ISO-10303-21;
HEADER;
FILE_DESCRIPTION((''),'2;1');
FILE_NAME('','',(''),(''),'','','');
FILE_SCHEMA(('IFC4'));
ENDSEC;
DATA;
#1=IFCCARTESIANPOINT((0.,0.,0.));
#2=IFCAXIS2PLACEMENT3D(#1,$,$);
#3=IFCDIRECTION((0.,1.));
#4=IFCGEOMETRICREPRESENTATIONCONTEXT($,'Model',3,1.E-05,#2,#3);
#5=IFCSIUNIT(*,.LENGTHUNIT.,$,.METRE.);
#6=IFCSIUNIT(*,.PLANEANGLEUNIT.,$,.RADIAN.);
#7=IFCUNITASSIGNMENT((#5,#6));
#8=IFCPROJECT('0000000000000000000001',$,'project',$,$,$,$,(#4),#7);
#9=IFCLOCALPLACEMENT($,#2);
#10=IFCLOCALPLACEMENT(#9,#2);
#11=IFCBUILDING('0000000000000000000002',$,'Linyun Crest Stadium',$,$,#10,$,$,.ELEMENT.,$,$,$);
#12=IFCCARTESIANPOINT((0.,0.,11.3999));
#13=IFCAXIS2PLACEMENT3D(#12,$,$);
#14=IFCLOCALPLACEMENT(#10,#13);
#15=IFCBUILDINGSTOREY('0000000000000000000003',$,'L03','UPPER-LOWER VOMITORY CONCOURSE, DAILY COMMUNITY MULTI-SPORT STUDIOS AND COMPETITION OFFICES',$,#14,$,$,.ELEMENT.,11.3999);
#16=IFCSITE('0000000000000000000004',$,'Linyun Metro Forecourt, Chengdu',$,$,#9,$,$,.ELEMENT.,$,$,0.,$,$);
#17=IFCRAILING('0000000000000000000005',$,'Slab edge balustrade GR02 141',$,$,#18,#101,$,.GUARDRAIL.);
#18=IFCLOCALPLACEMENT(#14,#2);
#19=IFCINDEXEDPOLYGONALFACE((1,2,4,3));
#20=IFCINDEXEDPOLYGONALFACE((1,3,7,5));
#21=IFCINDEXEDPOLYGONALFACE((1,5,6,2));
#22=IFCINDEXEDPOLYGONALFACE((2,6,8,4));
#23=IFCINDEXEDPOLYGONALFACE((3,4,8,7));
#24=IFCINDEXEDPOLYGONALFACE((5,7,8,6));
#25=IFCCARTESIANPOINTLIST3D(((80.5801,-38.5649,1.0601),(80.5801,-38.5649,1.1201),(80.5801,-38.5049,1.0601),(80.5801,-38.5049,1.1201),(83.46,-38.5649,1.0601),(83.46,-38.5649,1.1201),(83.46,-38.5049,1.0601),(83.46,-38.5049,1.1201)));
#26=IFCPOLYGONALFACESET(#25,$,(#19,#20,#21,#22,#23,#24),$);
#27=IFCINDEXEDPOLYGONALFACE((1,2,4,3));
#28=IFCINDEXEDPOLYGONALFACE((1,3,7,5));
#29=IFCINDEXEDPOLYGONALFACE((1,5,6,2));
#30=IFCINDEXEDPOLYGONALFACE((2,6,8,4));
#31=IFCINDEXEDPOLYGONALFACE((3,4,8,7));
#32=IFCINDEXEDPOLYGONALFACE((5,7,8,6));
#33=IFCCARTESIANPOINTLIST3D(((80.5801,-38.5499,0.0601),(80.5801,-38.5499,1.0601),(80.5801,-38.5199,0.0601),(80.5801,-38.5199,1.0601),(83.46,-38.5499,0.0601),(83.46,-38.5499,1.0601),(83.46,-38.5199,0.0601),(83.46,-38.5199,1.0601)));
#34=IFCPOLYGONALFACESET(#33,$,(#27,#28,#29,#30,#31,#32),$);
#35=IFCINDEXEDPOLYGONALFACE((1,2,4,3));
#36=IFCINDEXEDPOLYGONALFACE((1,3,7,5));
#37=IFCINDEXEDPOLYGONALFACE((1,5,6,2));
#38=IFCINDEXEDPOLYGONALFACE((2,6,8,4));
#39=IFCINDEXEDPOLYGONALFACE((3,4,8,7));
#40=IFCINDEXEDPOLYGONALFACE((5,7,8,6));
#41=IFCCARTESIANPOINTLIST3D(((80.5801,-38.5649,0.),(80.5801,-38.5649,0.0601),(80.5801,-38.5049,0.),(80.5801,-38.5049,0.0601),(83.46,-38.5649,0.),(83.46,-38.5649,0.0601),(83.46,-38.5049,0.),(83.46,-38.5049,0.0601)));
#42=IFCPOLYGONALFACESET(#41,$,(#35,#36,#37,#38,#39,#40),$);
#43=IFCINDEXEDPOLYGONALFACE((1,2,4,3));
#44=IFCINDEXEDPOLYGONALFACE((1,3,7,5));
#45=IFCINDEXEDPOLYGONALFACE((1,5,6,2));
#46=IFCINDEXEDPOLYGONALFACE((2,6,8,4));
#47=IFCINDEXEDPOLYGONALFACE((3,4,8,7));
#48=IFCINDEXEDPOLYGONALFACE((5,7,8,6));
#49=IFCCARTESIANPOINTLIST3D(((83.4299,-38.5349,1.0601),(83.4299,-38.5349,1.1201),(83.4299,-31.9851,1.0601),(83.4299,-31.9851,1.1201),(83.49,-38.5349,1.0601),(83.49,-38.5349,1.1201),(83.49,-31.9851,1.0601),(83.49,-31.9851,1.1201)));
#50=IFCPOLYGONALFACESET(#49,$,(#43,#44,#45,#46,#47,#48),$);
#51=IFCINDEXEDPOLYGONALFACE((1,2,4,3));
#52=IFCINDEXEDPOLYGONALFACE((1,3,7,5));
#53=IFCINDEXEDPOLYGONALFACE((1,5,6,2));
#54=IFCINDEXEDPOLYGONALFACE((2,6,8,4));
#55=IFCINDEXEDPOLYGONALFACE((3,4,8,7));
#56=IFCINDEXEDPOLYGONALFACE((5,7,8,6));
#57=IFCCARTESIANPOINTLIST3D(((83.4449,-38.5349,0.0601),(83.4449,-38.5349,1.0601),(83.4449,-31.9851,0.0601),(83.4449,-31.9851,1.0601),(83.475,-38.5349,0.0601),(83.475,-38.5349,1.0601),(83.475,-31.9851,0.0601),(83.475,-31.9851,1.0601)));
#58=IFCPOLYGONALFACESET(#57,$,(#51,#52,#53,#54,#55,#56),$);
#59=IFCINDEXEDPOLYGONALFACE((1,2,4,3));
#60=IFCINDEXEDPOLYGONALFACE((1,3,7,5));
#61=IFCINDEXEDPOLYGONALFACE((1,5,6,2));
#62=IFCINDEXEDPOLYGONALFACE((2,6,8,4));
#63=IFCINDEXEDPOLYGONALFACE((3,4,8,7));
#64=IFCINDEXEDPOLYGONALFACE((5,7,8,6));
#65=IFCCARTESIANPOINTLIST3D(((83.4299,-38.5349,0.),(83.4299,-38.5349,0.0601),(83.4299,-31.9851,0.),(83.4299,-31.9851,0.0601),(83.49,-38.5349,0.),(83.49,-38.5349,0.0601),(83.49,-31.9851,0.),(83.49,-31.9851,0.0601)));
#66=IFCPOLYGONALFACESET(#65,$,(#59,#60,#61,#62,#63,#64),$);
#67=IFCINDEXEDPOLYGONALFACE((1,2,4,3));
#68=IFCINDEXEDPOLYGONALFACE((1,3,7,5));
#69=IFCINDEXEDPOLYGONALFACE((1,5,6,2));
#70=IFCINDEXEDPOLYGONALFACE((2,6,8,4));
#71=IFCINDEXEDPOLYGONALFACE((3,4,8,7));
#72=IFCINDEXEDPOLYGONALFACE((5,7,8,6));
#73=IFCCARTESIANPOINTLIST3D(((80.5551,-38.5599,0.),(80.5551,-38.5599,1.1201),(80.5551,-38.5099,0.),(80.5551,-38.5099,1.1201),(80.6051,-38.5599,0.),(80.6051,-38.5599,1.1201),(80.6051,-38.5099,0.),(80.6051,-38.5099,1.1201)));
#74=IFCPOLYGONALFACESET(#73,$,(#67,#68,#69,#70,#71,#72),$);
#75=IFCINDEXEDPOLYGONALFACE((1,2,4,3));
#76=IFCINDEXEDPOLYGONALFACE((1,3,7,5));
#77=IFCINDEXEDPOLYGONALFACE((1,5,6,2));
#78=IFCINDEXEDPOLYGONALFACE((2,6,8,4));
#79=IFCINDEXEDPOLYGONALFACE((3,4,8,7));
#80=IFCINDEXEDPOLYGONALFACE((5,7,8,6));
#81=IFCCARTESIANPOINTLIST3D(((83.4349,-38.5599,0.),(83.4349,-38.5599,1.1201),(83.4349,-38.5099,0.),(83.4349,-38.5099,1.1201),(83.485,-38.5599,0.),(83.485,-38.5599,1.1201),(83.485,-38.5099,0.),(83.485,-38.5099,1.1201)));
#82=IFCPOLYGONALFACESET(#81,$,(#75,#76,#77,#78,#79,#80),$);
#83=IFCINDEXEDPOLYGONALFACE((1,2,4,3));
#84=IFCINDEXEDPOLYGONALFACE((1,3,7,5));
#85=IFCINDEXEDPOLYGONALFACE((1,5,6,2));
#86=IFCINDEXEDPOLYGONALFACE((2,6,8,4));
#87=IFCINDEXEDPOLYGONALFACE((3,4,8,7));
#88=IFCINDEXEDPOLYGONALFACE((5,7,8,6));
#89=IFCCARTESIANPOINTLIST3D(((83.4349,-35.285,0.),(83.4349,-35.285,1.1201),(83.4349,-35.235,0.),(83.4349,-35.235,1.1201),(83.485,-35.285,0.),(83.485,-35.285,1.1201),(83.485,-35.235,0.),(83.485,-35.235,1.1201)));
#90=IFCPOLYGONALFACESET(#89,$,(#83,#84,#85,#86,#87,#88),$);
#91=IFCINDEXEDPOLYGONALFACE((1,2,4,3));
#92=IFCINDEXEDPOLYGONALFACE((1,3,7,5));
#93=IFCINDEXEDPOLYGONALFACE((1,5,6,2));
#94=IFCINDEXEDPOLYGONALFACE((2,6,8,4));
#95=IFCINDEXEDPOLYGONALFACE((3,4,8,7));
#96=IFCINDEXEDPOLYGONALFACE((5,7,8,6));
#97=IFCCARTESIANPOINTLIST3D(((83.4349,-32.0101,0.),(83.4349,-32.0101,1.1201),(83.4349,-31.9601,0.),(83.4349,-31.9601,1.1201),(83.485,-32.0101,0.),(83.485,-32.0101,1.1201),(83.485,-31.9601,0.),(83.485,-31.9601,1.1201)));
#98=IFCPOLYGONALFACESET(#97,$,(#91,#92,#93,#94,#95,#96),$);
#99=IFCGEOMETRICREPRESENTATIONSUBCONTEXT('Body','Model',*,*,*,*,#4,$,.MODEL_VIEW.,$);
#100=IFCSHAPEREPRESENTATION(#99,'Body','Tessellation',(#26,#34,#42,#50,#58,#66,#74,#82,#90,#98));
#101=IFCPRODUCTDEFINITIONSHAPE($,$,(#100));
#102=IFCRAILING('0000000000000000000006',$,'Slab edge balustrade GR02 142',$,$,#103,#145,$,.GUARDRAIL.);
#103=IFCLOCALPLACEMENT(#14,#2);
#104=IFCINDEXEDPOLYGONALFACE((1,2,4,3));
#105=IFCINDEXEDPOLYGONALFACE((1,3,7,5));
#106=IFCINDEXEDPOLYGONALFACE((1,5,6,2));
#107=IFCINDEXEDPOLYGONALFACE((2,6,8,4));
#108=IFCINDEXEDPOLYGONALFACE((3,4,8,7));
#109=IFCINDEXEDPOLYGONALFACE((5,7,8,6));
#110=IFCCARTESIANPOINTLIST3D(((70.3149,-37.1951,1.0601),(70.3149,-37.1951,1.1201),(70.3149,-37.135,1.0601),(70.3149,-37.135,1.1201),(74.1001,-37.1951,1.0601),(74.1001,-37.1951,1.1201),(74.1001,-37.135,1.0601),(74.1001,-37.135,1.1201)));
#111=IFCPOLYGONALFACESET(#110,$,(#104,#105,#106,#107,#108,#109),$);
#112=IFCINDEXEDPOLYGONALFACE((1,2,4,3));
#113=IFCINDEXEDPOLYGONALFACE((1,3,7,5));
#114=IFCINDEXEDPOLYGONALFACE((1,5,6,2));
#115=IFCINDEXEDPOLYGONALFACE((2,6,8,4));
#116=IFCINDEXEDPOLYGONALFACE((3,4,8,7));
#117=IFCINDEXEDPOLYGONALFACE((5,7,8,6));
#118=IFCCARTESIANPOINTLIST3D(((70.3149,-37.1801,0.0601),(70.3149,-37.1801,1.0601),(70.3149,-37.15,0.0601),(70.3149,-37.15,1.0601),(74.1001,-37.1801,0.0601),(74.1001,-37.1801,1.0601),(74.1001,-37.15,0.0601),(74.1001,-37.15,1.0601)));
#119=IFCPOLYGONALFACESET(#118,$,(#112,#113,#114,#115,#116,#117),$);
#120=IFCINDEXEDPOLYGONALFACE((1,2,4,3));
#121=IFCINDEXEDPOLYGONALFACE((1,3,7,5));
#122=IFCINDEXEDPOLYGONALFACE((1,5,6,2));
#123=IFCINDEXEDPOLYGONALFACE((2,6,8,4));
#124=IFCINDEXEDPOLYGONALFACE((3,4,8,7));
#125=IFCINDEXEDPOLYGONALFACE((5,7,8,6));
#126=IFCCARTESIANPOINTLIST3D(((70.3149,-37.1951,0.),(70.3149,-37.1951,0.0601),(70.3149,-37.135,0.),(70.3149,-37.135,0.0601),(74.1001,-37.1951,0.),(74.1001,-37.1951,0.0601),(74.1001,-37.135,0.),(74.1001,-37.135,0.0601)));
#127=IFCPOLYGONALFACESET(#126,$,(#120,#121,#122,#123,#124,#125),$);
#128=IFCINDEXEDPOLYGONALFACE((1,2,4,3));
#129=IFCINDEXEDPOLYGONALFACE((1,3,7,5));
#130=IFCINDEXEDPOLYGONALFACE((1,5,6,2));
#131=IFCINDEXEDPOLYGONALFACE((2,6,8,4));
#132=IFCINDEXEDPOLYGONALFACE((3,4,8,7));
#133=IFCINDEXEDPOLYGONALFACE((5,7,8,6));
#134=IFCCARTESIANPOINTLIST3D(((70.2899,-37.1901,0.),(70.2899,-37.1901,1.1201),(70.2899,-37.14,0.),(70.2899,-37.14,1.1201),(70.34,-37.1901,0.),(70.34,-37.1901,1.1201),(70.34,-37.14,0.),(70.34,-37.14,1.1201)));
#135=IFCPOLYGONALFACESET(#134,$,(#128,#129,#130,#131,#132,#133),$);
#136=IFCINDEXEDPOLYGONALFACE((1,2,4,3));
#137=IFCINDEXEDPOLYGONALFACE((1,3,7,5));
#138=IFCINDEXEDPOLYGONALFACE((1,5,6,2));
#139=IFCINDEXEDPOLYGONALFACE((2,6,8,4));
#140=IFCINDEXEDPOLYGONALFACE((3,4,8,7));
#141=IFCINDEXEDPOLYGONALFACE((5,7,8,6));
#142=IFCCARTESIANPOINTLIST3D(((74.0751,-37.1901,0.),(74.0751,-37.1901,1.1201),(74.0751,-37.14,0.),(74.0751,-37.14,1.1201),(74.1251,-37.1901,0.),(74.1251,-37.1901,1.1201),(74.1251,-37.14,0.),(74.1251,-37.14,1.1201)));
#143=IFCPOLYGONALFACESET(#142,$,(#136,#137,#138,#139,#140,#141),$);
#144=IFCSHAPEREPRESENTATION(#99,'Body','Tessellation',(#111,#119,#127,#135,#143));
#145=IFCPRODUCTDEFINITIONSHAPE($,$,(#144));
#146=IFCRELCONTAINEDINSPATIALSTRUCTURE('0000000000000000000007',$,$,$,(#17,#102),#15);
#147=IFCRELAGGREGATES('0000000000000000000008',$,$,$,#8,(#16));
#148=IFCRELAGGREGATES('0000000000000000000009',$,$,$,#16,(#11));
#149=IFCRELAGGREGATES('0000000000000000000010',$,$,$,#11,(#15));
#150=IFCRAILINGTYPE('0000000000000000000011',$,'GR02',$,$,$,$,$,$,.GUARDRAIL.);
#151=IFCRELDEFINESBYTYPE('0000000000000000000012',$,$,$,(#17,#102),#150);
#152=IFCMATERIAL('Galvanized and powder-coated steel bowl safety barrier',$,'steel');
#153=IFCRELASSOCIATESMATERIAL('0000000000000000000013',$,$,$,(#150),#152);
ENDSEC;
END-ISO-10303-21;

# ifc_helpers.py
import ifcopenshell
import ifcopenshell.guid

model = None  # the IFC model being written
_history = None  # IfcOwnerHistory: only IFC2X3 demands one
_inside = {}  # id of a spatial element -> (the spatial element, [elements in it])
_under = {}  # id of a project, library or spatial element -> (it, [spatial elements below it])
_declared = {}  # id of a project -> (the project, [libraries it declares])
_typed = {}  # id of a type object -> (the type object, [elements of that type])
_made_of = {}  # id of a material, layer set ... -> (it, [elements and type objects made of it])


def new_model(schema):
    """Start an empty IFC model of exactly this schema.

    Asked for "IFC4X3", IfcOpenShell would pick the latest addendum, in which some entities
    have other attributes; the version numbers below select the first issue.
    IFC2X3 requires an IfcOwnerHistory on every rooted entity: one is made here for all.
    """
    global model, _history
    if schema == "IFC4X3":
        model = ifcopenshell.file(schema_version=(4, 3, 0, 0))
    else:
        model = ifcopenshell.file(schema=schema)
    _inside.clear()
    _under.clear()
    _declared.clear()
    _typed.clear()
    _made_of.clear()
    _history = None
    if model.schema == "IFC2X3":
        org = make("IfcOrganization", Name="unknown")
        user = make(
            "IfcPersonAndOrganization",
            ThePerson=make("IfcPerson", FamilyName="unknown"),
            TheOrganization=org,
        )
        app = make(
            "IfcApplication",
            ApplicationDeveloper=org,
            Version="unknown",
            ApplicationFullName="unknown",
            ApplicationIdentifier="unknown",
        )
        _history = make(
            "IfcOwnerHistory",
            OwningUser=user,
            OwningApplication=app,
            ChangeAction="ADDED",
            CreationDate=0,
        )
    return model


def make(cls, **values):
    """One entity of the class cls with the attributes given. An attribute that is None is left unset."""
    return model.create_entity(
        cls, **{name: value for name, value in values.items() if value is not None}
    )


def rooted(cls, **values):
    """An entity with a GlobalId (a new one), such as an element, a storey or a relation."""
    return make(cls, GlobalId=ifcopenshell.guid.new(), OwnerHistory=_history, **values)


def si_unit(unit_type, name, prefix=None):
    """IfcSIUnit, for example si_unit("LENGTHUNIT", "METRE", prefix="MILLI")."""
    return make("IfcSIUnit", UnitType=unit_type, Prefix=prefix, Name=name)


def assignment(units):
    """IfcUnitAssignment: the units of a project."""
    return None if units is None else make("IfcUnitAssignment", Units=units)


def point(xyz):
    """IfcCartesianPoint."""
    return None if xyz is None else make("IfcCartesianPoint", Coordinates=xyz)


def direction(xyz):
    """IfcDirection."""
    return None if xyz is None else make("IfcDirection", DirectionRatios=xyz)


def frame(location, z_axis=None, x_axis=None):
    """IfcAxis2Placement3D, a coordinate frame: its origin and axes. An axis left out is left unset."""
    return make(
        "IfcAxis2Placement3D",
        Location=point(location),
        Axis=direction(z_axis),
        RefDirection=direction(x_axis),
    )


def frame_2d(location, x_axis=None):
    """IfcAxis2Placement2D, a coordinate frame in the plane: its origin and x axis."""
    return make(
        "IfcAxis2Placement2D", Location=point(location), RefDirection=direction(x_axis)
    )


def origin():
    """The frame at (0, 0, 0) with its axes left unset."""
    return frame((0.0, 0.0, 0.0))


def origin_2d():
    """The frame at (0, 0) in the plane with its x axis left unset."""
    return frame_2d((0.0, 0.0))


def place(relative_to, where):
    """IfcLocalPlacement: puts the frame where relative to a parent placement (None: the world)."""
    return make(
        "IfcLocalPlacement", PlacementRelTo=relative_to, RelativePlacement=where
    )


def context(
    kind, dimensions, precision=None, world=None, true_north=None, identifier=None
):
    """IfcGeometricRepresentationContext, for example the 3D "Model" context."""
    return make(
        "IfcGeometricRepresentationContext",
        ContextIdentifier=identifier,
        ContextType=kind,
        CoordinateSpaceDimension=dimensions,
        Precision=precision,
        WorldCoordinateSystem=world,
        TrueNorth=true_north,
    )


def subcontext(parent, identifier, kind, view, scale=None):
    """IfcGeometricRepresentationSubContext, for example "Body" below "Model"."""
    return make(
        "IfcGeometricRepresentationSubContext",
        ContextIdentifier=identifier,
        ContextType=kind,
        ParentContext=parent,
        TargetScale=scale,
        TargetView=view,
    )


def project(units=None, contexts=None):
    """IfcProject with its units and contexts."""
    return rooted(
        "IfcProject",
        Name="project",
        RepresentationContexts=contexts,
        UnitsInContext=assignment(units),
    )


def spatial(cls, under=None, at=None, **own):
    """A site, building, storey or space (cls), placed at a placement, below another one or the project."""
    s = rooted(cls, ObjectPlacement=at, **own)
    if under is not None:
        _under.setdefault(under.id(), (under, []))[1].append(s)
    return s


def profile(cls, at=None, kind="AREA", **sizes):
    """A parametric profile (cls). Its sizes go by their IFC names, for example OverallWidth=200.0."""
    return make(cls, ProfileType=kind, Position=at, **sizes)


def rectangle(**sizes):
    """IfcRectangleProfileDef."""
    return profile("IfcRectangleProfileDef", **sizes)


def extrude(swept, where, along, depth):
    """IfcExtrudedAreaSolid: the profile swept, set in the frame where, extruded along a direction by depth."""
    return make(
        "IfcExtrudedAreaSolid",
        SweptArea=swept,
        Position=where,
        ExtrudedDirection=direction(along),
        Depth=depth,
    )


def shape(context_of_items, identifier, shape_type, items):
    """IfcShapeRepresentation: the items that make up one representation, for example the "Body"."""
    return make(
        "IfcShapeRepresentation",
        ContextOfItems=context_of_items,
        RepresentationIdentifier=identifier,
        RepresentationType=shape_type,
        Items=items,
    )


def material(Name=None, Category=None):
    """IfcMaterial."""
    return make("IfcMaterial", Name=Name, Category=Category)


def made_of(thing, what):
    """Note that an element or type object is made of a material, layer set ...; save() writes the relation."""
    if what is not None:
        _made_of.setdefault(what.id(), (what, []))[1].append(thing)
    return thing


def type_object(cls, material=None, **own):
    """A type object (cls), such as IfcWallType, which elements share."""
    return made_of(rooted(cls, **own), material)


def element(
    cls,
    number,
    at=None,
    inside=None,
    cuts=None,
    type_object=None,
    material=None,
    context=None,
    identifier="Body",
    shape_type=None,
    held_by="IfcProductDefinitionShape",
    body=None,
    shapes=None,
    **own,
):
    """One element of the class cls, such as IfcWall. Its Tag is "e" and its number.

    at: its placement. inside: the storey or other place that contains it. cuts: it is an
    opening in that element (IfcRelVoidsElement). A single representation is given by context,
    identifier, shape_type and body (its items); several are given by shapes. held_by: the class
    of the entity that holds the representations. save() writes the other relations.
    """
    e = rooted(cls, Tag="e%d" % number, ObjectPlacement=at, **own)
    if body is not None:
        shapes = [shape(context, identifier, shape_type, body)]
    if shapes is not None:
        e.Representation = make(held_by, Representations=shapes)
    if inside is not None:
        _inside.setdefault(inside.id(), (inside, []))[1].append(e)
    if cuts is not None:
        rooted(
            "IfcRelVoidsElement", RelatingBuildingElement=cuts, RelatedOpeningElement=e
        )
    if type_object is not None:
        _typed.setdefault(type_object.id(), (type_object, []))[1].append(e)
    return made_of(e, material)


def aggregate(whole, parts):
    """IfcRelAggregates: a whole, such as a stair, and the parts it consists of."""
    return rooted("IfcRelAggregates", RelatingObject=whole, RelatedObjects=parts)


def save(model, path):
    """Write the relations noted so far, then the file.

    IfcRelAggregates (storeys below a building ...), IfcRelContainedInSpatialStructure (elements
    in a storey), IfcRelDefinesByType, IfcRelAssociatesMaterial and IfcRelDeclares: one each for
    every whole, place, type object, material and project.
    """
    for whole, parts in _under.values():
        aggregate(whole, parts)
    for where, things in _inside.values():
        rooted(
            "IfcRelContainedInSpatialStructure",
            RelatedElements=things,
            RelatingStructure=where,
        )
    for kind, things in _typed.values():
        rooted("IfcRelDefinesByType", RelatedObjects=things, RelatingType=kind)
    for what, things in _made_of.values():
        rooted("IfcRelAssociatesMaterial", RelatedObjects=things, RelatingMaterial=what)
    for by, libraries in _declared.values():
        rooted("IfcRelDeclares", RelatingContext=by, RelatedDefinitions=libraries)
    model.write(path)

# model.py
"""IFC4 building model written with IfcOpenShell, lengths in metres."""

from ifc_helpers import new_model, si_unit, direction, frame, origin, origin_2d, place, context, subcontext, project, spatial, rectangle, extrude, material, type_object, element, save


model = new_model("IFC4")

# Units and contexts
model_context = context("Model", 3, precision=1e-05, world=origin(), true_north=direction((0.0, 1.0)))
body_context = subcontext(model_context, "Body", "Model", "MODEL_VIEW")
ifc_project = project(units=[si_unit("LENGTHUNIT", "METRE"), si_unit("PLANEANGLEUNIT", "RADIAN")], contexts=[model_context])

# Site, building, storey
site_placement = place(None, origin())
site = spatial("IfcSite", under=ifc_project, at=site_placement, Name="Linyun Metro Forecourt, Chengdu", CompositionType="ELEMENT", RefElevation=0.0)
building_placement = place(site_placement, origin())
building = spatial("IfcBuilding", under=site, at=building_placement, Name="Linyun Crest Stadium", CompositionType="ELEMENT")
storey_placement = place(building_placement, frame((0.0, 0.0, 11.3999)))
storey = spatial("IfcBuildingStorey", under=building, at=storey_placement, Name="L03", Description="UPPER-LOWER VOMITORY CONCOURSE, DAILY COMMUNITY MULTI-SPORT STUDIOS AND COMPETITION OFFICES", CompositionType="ELEMENT", Elevation=11.3999)

# Railings
ifc_material_1 = material(Name="Galvanized and powder-coated steel bowl safety barrier", Category="steel")
railing_type_1 = type_object("IfcRailingType", Name="GR02", PredefinedType="GUARDRAIL", material=ifc_material_1)
railing_1_placement = place(storey_placement, frame((80.5801, -38.5349, 0.0)))
element("IfcRailing", 1, at=railing_1_placement, inside=storey, type_object=railing_type_1, Name="Slab edge balustrade GR02 141", PredefinedType="GUARDRAIL", context=body_context, shape_type="SweptSolid", body=[
    extrude(rectangle(XDim=0.0601, YDim=0.0601, at=origin_2d()), frame((0.0, 0.0, 1.0901), z_axis=(1.0, 0.0, 0.0), x_axis=(0.0, 1.0, 0.0)), (0.0, 0.0, 1.0), 2.8799),
    extrude(rectangle(XDim=0.03, YDim=1.0, at=origin_2d()), frame((0.0, 0.0, 0.5601), z_axis=(1.0, 0.0, 0.0), x_axis=(0.0, 1.0, 0.0)), (0.0, 0.0, 1.0), 2.8799),
    extrude(rectangle(XDim=0.0601, YDim=0.0601, at=origin_2d()), frame((0.0, 0.0, 0.03), z_axis=(1.0, 0.0, 0.0), x_axis=(0.0, 1.0, 0.0)), (0.0, 0.0, 1.0), 2.8799),
    extrude(rectangle(XDim=0.0601, YDim=0.0601, at=origin_2d()), frame((2.8799, 0.0, 1.0901), z_axis=(0.0, 1.0, 0.0), x_axis=(-1.0, 0.0, 0.0)), (0.0, 0.0, 1.0), 6.5498),
    extrude(rectangle(XDim=0.03, YDim=1.0, at=origin_2d()), frame((2.8799, 0.0, 0.5601), z_axis=(0.0, 1.0, 0.0), x_axis=(-1.0, 0.0, 0.0)), (0.0, 0.0, 1.0), 6.5498),
    extrude(rectangle(XDim=0.0601, YDim=0.0601, at=origin_2d()), frame((2.8799, 0.0, 0.03), z_axis=(0.0, 1.0, 0.0), x_axis=(-1.0, 0.0, 0.0)), (0.0, 0.0, 1.0), 6.5498),
    extrude(rectangle(XDim=0.05, YDim=0.05, at=origin_2d()), origin(), (0.0, 0.0, 1.0), 1.1201),
    extrude(rectangle(XDim=0.05, YDim=0.05, at=origin_2d()), frame((2.8799, 0.0, 0.0)), (0.0, 0.0, 1.0), 1.1201),
    extrude(rectangle(XDim=0.05, YDim=0.05, at=origin_2d()), frame((2.8799, 3.2749, 0.0)), (0.0, 0.0, 1.0), 1.1201),
    extrude(rectangle(XDim=0.05, YDim=0.05, at=origin_2d()), frame((2.8799, 6.5498, 0.0)), (0.0, 0.0, 1.0), 1.1201),
])
railing_2_placement = place(storey_placement, frame((70.3149, -37.165, 0.0)))
element("IfcRailing", 2, at=railing_2_placement, inside=storey, type_object=railing_type_1, Name="Slab edge balustrade GR02 142", PredefinedType="GUARDRAIL", context=body_context, shape_type="SweptSolid", body=[
    extrude(rectangle(XDim=0.0601, YDim=0.0601, at=origin_2d()), frame((0.0, 0.0, 1.0901), z_axis=(1.0, 0.0, 0.0), x_axis=(0.0, 1.0, 0.0)), (0.0, 0.0, 1.0), 3.7852),
    extrude(rectangle(XDim=0.03, YDim=1.0, at=origin_2d()), frame((0.0, 0.0, 0.5601), z_axis=(1.0, 0.0, 0.0), x_axis=(0.0, 1.0, 0.0)), (0.0, 0.0, 1.0), 3.7852),
    extrude(rectangle(XDim=0.0601, YDim=0.0601, at=origin_2d()), frame((0.0, 0.0, 0.03), z_axis=(1.0, 0.0, 0.0), x_axis=(0.0, 1.0, 0.0)), (0.0, 0.0, 1.0), 3.7852),
    extrude(rectangle(XDim=0.05, YDim=0.05, at=origin_2d()), origin(), (0.0, 0.0, 1.0), 1.1201),
    extrude(rectangle(XDim=0.05, YDim=0.05, at=origin_2d()), frame((3.7852, 0.0, 0.0)), (0.0, 0.0, 1.0), 1.1201),
])

save(model, "model.ifc")
